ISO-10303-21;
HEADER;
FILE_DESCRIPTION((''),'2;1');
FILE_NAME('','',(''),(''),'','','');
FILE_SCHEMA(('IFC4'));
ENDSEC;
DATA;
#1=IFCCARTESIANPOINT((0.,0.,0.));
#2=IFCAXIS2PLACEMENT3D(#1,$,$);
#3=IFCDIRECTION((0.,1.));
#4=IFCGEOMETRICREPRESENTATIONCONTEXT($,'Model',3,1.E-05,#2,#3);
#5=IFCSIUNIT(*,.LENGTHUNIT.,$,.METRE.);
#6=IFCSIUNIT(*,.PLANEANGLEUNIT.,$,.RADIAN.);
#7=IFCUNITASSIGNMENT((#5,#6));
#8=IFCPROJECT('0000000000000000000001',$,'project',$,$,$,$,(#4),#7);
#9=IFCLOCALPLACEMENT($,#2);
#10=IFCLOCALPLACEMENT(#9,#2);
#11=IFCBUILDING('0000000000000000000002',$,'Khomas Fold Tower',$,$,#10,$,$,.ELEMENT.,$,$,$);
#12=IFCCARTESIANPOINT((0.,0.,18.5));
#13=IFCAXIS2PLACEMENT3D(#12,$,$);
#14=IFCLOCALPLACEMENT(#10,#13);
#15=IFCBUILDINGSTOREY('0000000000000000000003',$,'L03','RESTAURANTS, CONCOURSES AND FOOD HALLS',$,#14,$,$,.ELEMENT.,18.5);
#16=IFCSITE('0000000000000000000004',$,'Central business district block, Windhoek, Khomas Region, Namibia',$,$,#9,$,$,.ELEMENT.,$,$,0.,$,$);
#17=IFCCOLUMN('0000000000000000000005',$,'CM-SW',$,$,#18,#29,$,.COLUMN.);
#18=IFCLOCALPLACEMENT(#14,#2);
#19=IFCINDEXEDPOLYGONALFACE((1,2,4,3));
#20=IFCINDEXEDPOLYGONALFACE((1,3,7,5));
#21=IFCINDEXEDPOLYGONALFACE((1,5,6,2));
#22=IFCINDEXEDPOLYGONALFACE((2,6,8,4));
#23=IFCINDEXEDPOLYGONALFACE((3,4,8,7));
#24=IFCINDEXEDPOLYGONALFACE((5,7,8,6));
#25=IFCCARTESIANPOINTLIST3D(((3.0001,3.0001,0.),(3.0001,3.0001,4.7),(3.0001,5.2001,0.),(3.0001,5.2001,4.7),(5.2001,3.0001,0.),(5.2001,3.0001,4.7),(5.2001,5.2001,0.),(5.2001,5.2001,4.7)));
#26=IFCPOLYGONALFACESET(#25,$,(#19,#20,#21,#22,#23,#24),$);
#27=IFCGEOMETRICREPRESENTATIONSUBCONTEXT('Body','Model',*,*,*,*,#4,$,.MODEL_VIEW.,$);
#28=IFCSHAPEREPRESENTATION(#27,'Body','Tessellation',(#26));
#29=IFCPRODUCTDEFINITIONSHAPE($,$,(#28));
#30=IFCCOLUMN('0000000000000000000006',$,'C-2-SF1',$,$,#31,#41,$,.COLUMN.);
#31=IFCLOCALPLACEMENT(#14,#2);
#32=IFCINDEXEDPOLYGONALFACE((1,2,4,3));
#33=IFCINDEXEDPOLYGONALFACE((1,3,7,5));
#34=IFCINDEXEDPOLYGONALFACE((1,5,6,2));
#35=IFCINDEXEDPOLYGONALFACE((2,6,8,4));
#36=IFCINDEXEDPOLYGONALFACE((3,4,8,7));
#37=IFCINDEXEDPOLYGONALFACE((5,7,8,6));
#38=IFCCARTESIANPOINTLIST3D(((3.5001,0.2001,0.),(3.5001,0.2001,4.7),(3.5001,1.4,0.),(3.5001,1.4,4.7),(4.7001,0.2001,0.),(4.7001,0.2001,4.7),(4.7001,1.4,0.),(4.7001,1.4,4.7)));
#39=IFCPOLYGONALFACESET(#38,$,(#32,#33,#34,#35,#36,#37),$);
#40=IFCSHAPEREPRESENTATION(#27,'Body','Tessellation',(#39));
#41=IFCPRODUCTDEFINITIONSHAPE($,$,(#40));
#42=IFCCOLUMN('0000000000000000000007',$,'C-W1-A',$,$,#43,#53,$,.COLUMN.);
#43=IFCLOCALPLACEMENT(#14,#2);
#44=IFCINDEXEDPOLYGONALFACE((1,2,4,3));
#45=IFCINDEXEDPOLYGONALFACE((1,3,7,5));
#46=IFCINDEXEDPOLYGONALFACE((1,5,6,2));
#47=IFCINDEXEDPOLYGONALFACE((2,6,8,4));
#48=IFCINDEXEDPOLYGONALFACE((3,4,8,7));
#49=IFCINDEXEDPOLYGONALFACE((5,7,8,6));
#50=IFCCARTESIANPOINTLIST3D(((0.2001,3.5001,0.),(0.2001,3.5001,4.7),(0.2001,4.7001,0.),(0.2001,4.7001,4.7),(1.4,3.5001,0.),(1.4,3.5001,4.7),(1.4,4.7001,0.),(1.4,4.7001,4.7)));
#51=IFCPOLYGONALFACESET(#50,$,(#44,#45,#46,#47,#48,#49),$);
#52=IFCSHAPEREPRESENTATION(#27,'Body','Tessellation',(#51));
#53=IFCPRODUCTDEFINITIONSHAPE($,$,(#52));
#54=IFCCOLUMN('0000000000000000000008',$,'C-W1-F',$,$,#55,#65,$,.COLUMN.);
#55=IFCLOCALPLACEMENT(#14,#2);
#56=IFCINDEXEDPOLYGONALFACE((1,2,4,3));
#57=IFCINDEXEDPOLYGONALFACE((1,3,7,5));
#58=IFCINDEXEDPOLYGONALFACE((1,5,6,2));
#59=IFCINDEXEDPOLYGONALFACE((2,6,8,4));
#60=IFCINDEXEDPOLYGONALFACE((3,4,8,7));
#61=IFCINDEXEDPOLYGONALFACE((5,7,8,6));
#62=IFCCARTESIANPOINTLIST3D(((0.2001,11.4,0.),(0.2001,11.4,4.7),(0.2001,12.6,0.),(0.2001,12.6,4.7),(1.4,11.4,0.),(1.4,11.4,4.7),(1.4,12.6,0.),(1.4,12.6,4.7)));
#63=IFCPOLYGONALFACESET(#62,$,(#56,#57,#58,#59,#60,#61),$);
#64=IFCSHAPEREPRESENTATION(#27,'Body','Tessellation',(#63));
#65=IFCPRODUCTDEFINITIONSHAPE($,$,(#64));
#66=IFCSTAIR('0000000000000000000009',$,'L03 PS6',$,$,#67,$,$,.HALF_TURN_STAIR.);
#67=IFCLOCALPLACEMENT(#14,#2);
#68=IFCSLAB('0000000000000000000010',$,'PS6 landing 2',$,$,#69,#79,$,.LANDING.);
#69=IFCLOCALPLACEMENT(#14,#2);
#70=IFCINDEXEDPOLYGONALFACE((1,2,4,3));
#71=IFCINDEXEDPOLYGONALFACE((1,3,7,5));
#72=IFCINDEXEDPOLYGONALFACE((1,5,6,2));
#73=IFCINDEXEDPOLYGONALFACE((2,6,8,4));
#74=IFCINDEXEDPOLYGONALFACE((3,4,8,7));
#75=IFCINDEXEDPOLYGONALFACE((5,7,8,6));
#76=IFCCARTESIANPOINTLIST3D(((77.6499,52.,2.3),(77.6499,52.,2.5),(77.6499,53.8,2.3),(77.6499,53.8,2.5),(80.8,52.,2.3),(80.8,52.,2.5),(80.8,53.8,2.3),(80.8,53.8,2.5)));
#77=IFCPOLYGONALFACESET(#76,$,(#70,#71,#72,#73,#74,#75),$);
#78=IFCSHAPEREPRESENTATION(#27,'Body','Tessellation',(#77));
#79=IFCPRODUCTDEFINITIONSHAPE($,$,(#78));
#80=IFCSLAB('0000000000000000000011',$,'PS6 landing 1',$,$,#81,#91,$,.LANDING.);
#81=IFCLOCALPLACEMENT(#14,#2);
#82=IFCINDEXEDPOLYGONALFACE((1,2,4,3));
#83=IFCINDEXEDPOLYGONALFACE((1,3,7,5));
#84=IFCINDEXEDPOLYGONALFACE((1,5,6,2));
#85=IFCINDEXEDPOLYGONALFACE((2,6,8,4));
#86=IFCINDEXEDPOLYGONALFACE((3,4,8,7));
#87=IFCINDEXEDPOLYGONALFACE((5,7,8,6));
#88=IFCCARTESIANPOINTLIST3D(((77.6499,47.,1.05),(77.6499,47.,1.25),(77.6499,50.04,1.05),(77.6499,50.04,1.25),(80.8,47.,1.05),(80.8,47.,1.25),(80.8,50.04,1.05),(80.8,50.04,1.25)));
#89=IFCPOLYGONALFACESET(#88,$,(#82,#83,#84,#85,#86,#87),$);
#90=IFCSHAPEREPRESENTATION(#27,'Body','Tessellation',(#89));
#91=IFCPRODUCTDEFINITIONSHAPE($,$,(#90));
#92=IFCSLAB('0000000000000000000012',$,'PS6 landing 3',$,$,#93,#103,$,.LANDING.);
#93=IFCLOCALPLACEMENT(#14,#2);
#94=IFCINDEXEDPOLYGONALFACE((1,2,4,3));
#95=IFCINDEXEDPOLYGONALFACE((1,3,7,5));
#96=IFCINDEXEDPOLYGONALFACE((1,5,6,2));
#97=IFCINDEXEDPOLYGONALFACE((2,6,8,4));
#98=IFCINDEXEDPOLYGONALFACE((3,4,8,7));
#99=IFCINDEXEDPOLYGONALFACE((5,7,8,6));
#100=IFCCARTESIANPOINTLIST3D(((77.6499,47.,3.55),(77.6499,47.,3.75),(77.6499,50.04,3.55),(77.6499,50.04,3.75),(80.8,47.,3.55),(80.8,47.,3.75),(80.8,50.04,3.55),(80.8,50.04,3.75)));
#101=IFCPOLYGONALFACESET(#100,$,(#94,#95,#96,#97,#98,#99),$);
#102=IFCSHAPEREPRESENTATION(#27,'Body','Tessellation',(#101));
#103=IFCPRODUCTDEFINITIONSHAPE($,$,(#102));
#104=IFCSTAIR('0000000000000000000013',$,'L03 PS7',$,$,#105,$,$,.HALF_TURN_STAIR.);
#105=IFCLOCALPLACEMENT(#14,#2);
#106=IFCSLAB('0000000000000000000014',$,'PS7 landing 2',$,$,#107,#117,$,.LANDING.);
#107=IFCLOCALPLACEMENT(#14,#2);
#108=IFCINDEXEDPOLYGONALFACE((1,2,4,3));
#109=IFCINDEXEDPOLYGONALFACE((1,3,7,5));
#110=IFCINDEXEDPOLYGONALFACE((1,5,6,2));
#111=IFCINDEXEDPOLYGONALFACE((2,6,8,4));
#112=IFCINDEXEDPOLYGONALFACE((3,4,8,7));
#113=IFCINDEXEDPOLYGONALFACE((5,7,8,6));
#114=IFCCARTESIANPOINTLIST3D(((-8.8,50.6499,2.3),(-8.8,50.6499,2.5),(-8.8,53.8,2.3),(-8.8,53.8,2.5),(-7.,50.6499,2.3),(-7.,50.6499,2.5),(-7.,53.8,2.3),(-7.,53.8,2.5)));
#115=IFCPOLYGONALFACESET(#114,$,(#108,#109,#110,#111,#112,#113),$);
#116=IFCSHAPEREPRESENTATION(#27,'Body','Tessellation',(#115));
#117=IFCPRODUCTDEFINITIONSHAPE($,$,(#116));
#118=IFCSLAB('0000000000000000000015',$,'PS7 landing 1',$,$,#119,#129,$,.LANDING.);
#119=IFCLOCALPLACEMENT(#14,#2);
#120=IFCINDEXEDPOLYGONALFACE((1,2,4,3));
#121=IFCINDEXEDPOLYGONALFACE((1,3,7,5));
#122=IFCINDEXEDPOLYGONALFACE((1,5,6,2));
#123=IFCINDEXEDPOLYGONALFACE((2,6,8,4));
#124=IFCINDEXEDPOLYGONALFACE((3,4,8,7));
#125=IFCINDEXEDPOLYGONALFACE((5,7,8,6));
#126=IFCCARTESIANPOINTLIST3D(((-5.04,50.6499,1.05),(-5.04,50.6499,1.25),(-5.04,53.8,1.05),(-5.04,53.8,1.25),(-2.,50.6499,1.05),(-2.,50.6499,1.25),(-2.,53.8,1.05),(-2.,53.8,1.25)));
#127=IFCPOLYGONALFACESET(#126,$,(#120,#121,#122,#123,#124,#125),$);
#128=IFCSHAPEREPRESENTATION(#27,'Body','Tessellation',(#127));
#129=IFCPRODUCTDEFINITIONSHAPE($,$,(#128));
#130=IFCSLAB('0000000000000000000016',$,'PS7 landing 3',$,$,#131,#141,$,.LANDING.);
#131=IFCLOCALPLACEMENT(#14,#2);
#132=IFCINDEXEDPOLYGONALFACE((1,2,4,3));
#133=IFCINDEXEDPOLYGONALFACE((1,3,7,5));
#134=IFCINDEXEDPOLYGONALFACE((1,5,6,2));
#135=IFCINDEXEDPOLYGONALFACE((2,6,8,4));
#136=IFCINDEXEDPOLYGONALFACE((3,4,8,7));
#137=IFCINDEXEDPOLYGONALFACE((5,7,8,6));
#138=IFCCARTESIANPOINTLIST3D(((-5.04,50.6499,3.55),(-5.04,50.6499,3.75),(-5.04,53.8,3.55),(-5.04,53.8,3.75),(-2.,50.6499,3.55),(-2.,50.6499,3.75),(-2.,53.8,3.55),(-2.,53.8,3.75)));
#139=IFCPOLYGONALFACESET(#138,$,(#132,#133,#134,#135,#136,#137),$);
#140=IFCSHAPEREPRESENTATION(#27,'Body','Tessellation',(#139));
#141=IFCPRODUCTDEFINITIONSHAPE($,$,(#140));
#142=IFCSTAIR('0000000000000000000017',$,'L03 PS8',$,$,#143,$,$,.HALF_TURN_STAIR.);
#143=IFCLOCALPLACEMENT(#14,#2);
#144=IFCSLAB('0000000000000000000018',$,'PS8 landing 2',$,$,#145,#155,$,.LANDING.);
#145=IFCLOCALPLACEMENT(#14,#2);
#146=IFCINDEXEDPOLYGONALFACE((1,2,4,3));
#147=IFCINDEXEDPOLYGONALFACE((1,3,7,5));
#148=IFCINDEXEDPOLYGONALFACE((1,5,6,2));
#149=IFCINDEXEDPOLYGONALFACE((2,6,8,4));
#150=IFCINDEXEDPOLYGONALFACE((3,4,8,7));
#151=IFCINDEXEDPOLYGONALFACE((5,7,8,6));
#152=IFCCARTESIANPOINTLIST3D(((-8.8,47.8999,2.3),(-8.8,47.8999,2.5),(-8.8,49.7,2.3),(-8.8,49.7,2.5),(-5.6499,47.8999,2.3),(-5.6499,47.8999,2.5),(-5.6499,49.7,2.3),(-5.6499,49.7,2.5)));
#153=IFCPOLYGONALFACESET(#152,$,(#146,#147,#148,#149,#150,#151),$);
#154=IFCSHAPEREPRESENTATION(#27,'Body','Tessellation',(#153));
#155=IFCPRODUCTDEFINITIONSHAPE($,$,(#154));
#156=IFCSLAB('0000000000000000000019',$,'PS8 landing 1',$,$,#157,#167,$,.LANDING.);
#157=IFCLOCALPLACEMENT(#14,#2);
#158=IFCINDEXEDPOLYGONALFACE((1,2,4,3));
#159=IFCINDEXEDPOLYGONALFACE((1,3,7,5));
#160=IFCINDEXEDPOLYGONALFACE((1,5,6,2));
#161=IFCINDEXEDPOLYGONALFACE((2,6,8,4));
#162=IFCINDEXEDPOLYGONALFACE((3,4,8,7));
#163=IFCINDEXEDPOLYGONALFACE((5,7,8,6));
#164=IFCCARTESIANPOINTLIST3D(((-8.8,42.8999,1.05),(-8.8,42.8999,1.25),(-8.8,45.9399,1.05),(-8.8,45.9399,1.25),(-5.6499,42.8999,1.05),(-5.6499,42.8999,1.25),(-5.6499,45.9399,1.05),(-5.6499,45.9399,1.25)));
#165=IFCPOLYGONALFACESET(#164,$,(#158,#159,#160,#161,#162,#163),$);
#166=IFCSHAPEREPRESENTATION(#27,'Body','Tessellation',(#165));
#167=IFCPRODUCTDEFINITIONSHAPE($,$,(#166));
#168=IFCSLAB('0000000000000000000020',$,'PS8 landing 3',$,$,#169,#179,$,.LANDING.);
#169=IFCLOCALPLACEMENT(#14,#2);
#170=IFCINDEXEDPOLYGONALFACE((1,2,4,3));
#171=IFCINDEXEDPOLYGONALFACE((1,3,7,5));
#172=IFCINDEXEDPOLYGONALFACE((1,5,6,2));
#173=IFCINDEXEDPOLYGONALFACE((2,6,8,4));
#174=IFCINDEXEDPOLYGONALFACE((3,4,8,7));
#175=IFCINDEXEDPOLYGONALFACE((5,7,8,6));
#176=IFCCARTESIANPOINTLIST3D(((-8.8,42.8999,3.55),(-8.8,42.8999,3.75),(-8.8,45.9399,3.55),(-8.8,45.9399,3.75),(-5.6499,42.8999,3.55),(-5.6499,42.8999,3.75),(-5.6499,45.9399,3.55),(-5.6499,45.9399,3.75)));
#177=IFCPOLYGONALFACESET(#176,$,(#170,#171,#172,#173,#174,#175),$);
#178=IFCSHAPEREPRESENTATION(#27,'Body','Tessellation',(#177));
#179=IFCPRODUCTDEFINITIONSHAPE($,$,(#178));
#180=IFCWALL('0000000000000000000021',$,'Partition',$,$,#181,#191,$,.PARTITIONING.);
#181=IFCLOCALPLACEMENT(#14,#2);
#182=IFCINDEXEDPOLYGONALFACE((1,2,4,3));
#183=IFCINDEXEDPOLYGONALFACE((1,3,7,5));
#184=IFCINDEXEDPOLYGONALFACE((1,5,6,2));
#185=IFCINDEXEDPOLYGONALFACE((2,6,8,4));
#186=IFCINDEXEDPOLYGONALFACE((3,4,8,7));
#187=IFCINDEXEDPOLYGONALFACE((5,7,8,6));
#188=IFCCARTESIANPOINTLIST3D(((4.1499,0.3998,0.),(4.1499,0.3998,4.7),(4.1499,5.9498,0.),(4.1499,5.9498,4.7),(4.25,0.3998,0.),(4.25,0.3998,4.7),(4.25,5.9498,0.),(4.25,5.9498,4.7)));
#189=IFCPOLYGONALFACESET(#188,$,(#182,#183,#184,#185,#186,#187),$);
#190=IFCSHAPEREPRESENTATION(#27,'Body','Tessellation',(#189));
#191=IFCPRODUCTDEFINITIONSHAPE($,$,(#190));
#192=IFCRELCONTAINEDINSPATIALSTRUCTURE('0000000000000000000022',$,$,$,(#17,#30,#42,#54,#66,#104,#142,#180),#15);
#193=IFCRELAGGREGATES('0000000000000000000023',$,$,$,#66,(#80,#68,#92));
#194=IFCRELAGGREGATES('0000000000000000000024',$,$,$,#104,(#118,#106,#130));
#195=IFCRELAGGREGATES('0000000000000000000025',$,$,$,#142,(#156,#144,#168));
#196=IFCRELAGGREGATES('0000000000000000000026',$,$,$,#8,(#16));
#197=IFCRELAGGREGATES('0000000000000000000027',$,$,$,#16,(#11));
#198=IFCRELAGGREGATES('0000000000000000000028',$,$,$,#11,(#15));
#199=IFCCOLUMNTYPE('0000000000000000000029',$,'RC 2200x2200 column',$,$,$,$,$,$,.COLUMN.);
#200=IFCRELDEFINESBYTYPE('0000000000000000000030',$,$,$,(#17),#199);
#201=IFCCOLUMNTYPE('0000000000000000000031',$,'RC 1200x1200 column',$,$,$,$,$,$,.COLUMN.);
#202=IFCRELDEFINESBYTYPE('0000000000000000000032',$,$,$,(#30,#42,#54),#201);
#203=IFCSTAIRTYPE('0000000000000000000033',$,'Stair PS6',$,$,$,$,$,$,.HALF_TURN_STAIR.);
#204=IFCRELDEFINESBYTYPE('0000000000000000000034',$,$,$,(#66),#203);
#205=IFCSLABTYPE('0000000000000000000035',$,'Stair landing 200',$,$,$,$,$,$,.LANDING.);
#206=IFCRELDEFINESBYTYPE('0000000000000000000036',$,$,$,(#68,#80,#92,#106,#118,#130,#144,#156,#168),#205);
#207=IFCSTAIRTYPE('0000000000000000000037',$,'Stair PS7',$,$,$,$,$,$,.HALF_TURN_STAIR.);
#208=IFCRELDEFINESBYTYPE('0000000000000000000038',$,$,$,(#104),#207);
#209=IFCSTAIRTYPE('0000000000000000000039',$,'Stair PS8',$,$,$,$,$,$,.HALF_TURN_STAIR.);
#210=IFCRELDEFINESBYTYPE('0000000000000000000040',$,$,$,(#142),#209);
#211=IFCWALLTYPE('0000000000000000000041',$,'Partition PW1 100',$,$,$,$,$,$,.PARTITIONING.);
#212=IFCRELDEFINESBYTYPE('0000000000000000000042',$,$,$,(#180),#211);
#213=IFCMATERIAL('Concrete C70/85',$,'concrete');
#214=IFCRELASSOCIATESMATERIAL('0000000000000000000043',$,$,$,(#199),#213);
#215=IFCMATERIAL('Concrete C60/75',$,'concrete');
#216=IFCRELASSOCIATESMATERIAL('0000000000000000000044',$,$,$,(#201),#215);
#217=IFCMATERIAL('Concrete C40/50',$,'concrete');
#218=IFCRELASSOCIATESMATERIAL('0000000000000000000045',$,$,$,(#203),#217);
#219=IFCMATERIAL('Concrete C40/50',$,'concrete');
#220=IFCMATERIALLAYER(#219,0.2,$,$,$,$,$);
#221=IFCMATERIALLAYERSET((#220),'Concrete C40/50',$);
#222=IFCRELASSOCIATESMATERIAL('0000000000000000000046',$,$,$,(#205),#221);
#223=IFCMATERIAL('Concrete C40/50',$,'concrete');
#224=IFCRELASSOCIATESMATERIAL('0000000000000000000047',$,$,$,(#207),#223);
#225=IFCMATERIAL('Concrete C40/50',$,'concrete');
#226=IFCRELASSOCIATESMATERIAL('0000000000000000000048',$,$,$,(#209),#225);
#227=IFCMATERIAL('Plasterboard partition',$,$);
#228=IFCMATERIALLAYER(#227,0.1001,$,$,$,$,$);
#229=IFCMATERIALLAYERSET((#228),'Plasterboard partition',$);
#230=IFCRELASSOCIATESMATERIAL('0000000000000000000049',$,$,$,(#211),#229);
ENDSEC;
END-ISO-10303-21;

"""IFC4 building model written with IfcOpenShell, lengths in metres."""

from ifc_helpers import new_model, si_unit, direction, frame, frame_2d, origin, origin_2d, place, context, subcontext, project, spatial, polyline, rectangle, outline, extrude, source, transform, mapped, material, layer, layer_set, material_profile, profile_set, type_object, element, aggregate, save


model = new_model("IFC4")

# Units and contexts
model_context = context("Model", 3, precision=1e-05, world=origin(), true_north=direction((0.0, 1.0)))
body_context = subcontext(model_context, "Body", "Model", "MODEL_VIEW")
ifc_project = project(units=[si_unit("LENGTHUNIT", "METRE"), si_unit("PLANEANGLEUNIT", "RADIAN")], contexts=[model_context])

# Site, building, storey
site_placement = place(None, origin())
site = spatial("IfcSite", under=ifc_project, at=site_placement, Name="Central business district block, Windhoek, Khomas Region, Namibia", CompositionType="ELEMENT", RefElevation=0.0)
building_placement = place(site_placement, origin())
building = spatial("IfcBuilding", under=site, at=building_placement, Name="Khomas Fold Tower", CompositionType="ELEMENT")
storey_placement = place(building_placement, frame((0.0, 0.0, 18.5)))
storey = spatial("IfcBuildingStorey", under=building, at=storey_placement, Name="L03", Description="RESTAURANTS, CONCOURSES AND FOOD HALLS", CompositionType="ELEMENT", Elevation=18.5)

# Columns
ifc_material_1 = material(Name="Concrete C70/85", Category="concrete")
ifc_material_profile_1 = material_profile(ifc_material_1, rectangle(XDim=2.2, YDim=2.2, at=origin_2d()), Name="RC 2200x2200")
ifc_profile_set_1 = profile_set([ifc_material_profile_1], Name="Concrete C70/85")
column_type_1 = type_object("IfcColumnType", Name="RC 2200x2200 column", PredefinedType="COLUMN", material=ifc_profile_set_1)
shared_shape_1 = source(origin(), body_context, "Body", "SweptSolid", [
    extrude(rectangle(XDim=2.2, YDim=2.2, at=origin_2d()), origin(), (0.0, 0.0, 1.0), 4.7),
])
column_placement = place(storey_placement, frame((4.1001, 4.1001, 0.0), z_axis=(0.0, 0.0, 1.0), x_axis=(1.0, 0.0, 0.0)))
element("IfcColumn", 1, at=column_placement, inside=storey, type_object=column_type_1, Name="CM-SW", PredefinedType="COLUMN", context=body_context, shape_type="MappedRepresentation", body=[
    mapped(shared_shape_1, transform((0.0, 0.0, 0.0))),
])
ifc_material_2 = material(Name="Concrete C60/75", Category="concrete")
ifc_material_profile_2 = material_profile(ifc_material_2, rectangle(XDim=1.2, YDim=1.2, at=origin_2d()), Name="RC 1200x1200")
ifc_profile_set_2 = profile_set([ifc_material_profile_2], Name="Concrete C60/75")
column_type_2 = type_object("IfcColumnType", Name="RC 1200x1200 column", PredefinedType="COLUMN", material=ifc_profile_set_2)
shared_shape_2 = source(origin(), body_context, "Body", "SweptSolid", [
    extrude(rectangle(XDim=1.2, YDim=1.2, at=origin_2d()), origin(), (0.0, 0.0, 1.0), 4.7),
])
for number, where, z_axis, x_axis, name in (
    (2, (4.1001, 0.8, 0.0), (0.0, 0.0, 1.0), (1.0, 0.0, 0.0), "C-2-SF1"),
    (3, (0.8, 4.1001, 0.0), (0.0, 0.0, 1.0), (1.0, 0.0, 0.0), "C-W1-A"),
    (4, (0.8, 12.0, 0.0), (0.0, 0.0, 1.0), (1.0, 0.0, 0.0), "C-W1-F"),
):
    element("IfcColumn", number, at=place(storey_placement, frame(where, z_axis=z_axis, x_axis=x_axis)), inside=storey, type_object=column_type_2, Name=name, PredefinedType="COLUMN", context=body_context, shape_type="MappedRepresentation", body=[
        mapped(shared_shape_2, transform((0.0, 0.0, 0.0))),
    ])

# Stairs, slabs
ifc_material_3 = material(Name="Concrete C40/50", Category="concrete")
stair_type_1 = type_object("IfcStairType", Name="Stair PS6", PredefinedType="HALF_TURN_STAIR", material=ifc_material_3)
stair_1_placement = place(storey_placement, origin())
stair_1 = element("IfcStair", 5, at=stair_1_placement, inside=storey, type_object=stair_type_1, Name="L03 PS6", PredefinedType="HALF_TURN_STAIR")
ifc_material_4 = material(Name="Concrete C40/50", Category="concrete")
ifc_layer_1 = layer(ifc_material_4, 0.2)
ifc_layer_set_1 = layer_set([ifc_layer_1], Name="Concrete C40/50")
slab_type = type_object("IfcSlabType", Name="Stair landing 200", PredefinedType="LANDING", material=ifc_layer_set_1)
shared_shape_3 = source(origin(), body_context, "Body", "SweptSolid", [
    extrude(outline(polyline([(77.6499, 53.8), (77.6499, 52.0), (80.8, 52.0), (80.8, 53.8), (77.6499, 53.8)])), origin(), (0.0, 0.0, 1.0), 0.2),
])
slab_1_placement = place(storey_placement, frame((0.0, 0.0, 2.3)))
slab_1 = element("IfcSlab", 6, at=slab_1_placement, type_object=slab_type, Name="PS6 landing 2", PredefinedType="LANDING", context=body_context, shape_type="MappedRepresentation", body=[
    mapped(shared_shape_3, transform((0.0, 0.0, 0.0))),
])
shared_shape_4 = source(origin(), body_context, "Body", "SweptSolid", [
    extrude(outline(polyline([(77.6499, 50.04), (77.6499, 47.0), (80.8, 47.0), (80.8, 50.04), (77.6499, 50.04)])), origin(), (0.0, 0.0, 1.0), 0.2),
])
slab_2_placement = place(storey_placement, frame((0.0, 0.0, 1.05)))
slab_2 = element("IfcSlab", 7, at=slab_2_placement, type_object=slab_type, Name="PS6 landing 1", PredefinedType="LANDING", context=body_context, shape_type="MappedRepresentation", body=[
    mapped(shared_shape_4, transform((0.0, 0.0, 0.0))),
])
slab_3_placement = place(storey_placement, frame((0.0, 0.0, 3.55)))
slab_3 = element("IfcSlab", 8, at=slab_3_placement, type_object=slab_type, Name="PS6 landing 3", PredefinedType="LANDING", context=body_context, shape_type="MappedRepresentation", body=[
    mapped(shared_shape_4, transform((0.0, 0.0, 0.0))),
])
aggregate(stair_1, [slab_2, slab_1, slab_3])
ifc_material_5 = material(Name="Concrete C40/50", Category="concrete")
stair_type_2 = type_object("IfcStairType", Name="Stair PS7", PredefinedType="HALF_TURN_STAIR", material=ifc_material_5)
stair_2_placement = place(storey_placement, origin())
stair_2 = element("IfcStair", 9, at=stair_2_placement, inside=storey, type_object=stair_type_2, Name="L03 PS7", PredefinedType="HALF_TURN_STAIR")
shared_shape_5 = source(origin(), body_context, "Body", "SweptSolid", [
    extrude(outline(polyline([(-8.8, 50.6499), (-7.0, 50.6499), (-7.0, 53.8), (-8.8, 53.8), (-8.8, 50.6499)])), origin(), (0.0, 0.0, 1.0), 0.2),
])
slab_4_placement = place(storey_placement, frame((0.0, 0.0, 2.3)))
slab_4 = element("IfcSlab", 10, at=slab_4_placement, type_object=slab_type, Name="PS7 landing 2", PredefinedType="LANDING", context=body_context, shape_type="MappedRepresentation", body=[
    mapped(shared_shape_5, transform((0.0, 0.0, 0.0))),
])
shared_shape_6 = source(origin(), body_context, "Body", "SweptSolid", [
    extrude(outline(polyline([(-5.04, 50.6499), (-2.0, 50.6499), (-2.0, 53.8), (-5.04, 53.8), (-5.04, 50.6499)])), origin(), (0.0, 0.0, 1.0), 0.2),
])
slab_5_placement = place(storey_placement, frame((0.0, 0.0, 1.05)))
slab_5 = element("IfcSlab", 11, at=slab_5_placement, type_object=slab_type, Name="PS7 landing 1", PredefinedType="LANDING", context=body_context, shape_type="MappedRepresentation", body=[
    mapped(shared_shape_6, transform((0.0, 0.0, 0.0))),
])
slab_6_placement = place(storey_placement, frame((0.0, 0.0, 3.55)))
slab_6 = element("IfcSlab", 12, at=slab_6_placement, type_object=slab_type, Name="PS7 landing 3", PredefinedType="LANDING", context=body_context, shape_type="MappedRepresentation", body=[
    mapped(shared_shape_6, transform((0.0, 0.0, 0.0))),
])
aggregate(stair_2, [slab_5, slab_4, slab_6])
ifc_material_6 = material(Name="Concrete C40/50", Category="concrete")
stair_type_3 = type_object("IfcStairType", Name="Stair PS8", PredefinedType="HALF_TURN_STAIR", material=ifc_material_6)
stair_3_placement = place(storey_placement, origin())
stair_3 = element("IfcStair", 13, at=stair_3_placement, inside=storey, type_object=stair_type_3, Name="L03 PS8", PredefinedType="HALF_TURN_STAIR")
shared_shape_7 = source(origin(), body_context, "Body", "SweptSolid", [
    extrude(outline(polyline([(-8.8, 49.7), (-8.8, 47.8999), (-5.6499, 47.8999), (-5.6499, 49.7), (-8.8, 49.7)])), origin(), (0.0, 0.0, 1.0), 0.2),
])
slab_7_placement = place(storey_placement, frame((0.0, 0.0, 2.3)))
slab_7 = element("IfcSlab", 14, at=slab_7_placement, type_object=slab_type, Name="PS8 landing 2", PredefinedType="LANDING", context=body_context, shape_type="MappedRepresentation", body=[
    mapped(shared_shape_7, transform((0.0, 0.0, 0.0))),
])
shared_shape_8 = source(origin(), body_context, "Body", "SweptSolid", [
    extrude(outline(polyline([(-8.8, 45.9399), (-8.8, 42.8999), (-5.6499, 42.8999), (-5.6499, 45.9399), (-8.8, 45.9399)])), origin(), (0.0, 0.0, 1.0), 0.2),
])
slab_8_placement = place(storey_placement, frame((0.0, 0.0, 1.05)))
slab_8 = element("IfcSlab", 15, at=slab_8_placement, type_object=slab_type, Name="PS8 landing 1", PredefinedType="LANDING", context=body_context, shape_type="MappedRepresentation", body=[
    mapped(shared_shape_8, transform((0.0, 0.0, 0.0))),
])
slab_9_placement = place(storey_placement, frame((0.0, 0.0, 3.55)))
slab_9 = element("IfcSlab", 16, at=slab_9_placement, type_object=slab_type, Name="PS8 landing 3", PredefinedType="LANDING", context=body_context, shape_type="MappedRepresentation", body=[
    mapped(shared_shape_8, transform((0.0, 0.0, 0.0))),
])
aggregate(stair_3, [slab_8, slab_7, slab_9])

# Wall
ifc_material_7 = material(Name="Plasterboard partition")
ifc_layer_2 = layer(ifc_material_7, 0.1001)
ifc_layer_set_2 = layer_set([ifc_layer_2], Name="Plasterboard partition")
wall_type_1 = type_object("IfcWallType", Name="Partition PW1 100", PredefinedType="PARTITIONING", material=ifc_layer_set_2)
shared_shape_9 = source(origin(), body_context, "Body", "SweptSolid", [
    extrude(rectangle(XDim=5.55, YDim=0.1001, at=frame_2d((2.7749, 0.0))), origin(), (0.0, 0.0, 1.0), 4.7),
])
wall_1_placement = place(storey_placement, frame((4.2, 0.3999, 0.0), z_axis=(0.0, 0.0, 1.0), x_axis=(0.0, 1.0, 0.0)))
element("IfcWall", 17, at=wall_1_placement, inside=storey, type_object=wall_type_1, Name="Partition", PredefinedType="PARTITIONING", context=body_context, shape_type="MappedRepresentation", body=[
    mapped(shared_shape_9, transform((0.0, 0.0, 0.0))),
])

save(model, "model.ifc")
